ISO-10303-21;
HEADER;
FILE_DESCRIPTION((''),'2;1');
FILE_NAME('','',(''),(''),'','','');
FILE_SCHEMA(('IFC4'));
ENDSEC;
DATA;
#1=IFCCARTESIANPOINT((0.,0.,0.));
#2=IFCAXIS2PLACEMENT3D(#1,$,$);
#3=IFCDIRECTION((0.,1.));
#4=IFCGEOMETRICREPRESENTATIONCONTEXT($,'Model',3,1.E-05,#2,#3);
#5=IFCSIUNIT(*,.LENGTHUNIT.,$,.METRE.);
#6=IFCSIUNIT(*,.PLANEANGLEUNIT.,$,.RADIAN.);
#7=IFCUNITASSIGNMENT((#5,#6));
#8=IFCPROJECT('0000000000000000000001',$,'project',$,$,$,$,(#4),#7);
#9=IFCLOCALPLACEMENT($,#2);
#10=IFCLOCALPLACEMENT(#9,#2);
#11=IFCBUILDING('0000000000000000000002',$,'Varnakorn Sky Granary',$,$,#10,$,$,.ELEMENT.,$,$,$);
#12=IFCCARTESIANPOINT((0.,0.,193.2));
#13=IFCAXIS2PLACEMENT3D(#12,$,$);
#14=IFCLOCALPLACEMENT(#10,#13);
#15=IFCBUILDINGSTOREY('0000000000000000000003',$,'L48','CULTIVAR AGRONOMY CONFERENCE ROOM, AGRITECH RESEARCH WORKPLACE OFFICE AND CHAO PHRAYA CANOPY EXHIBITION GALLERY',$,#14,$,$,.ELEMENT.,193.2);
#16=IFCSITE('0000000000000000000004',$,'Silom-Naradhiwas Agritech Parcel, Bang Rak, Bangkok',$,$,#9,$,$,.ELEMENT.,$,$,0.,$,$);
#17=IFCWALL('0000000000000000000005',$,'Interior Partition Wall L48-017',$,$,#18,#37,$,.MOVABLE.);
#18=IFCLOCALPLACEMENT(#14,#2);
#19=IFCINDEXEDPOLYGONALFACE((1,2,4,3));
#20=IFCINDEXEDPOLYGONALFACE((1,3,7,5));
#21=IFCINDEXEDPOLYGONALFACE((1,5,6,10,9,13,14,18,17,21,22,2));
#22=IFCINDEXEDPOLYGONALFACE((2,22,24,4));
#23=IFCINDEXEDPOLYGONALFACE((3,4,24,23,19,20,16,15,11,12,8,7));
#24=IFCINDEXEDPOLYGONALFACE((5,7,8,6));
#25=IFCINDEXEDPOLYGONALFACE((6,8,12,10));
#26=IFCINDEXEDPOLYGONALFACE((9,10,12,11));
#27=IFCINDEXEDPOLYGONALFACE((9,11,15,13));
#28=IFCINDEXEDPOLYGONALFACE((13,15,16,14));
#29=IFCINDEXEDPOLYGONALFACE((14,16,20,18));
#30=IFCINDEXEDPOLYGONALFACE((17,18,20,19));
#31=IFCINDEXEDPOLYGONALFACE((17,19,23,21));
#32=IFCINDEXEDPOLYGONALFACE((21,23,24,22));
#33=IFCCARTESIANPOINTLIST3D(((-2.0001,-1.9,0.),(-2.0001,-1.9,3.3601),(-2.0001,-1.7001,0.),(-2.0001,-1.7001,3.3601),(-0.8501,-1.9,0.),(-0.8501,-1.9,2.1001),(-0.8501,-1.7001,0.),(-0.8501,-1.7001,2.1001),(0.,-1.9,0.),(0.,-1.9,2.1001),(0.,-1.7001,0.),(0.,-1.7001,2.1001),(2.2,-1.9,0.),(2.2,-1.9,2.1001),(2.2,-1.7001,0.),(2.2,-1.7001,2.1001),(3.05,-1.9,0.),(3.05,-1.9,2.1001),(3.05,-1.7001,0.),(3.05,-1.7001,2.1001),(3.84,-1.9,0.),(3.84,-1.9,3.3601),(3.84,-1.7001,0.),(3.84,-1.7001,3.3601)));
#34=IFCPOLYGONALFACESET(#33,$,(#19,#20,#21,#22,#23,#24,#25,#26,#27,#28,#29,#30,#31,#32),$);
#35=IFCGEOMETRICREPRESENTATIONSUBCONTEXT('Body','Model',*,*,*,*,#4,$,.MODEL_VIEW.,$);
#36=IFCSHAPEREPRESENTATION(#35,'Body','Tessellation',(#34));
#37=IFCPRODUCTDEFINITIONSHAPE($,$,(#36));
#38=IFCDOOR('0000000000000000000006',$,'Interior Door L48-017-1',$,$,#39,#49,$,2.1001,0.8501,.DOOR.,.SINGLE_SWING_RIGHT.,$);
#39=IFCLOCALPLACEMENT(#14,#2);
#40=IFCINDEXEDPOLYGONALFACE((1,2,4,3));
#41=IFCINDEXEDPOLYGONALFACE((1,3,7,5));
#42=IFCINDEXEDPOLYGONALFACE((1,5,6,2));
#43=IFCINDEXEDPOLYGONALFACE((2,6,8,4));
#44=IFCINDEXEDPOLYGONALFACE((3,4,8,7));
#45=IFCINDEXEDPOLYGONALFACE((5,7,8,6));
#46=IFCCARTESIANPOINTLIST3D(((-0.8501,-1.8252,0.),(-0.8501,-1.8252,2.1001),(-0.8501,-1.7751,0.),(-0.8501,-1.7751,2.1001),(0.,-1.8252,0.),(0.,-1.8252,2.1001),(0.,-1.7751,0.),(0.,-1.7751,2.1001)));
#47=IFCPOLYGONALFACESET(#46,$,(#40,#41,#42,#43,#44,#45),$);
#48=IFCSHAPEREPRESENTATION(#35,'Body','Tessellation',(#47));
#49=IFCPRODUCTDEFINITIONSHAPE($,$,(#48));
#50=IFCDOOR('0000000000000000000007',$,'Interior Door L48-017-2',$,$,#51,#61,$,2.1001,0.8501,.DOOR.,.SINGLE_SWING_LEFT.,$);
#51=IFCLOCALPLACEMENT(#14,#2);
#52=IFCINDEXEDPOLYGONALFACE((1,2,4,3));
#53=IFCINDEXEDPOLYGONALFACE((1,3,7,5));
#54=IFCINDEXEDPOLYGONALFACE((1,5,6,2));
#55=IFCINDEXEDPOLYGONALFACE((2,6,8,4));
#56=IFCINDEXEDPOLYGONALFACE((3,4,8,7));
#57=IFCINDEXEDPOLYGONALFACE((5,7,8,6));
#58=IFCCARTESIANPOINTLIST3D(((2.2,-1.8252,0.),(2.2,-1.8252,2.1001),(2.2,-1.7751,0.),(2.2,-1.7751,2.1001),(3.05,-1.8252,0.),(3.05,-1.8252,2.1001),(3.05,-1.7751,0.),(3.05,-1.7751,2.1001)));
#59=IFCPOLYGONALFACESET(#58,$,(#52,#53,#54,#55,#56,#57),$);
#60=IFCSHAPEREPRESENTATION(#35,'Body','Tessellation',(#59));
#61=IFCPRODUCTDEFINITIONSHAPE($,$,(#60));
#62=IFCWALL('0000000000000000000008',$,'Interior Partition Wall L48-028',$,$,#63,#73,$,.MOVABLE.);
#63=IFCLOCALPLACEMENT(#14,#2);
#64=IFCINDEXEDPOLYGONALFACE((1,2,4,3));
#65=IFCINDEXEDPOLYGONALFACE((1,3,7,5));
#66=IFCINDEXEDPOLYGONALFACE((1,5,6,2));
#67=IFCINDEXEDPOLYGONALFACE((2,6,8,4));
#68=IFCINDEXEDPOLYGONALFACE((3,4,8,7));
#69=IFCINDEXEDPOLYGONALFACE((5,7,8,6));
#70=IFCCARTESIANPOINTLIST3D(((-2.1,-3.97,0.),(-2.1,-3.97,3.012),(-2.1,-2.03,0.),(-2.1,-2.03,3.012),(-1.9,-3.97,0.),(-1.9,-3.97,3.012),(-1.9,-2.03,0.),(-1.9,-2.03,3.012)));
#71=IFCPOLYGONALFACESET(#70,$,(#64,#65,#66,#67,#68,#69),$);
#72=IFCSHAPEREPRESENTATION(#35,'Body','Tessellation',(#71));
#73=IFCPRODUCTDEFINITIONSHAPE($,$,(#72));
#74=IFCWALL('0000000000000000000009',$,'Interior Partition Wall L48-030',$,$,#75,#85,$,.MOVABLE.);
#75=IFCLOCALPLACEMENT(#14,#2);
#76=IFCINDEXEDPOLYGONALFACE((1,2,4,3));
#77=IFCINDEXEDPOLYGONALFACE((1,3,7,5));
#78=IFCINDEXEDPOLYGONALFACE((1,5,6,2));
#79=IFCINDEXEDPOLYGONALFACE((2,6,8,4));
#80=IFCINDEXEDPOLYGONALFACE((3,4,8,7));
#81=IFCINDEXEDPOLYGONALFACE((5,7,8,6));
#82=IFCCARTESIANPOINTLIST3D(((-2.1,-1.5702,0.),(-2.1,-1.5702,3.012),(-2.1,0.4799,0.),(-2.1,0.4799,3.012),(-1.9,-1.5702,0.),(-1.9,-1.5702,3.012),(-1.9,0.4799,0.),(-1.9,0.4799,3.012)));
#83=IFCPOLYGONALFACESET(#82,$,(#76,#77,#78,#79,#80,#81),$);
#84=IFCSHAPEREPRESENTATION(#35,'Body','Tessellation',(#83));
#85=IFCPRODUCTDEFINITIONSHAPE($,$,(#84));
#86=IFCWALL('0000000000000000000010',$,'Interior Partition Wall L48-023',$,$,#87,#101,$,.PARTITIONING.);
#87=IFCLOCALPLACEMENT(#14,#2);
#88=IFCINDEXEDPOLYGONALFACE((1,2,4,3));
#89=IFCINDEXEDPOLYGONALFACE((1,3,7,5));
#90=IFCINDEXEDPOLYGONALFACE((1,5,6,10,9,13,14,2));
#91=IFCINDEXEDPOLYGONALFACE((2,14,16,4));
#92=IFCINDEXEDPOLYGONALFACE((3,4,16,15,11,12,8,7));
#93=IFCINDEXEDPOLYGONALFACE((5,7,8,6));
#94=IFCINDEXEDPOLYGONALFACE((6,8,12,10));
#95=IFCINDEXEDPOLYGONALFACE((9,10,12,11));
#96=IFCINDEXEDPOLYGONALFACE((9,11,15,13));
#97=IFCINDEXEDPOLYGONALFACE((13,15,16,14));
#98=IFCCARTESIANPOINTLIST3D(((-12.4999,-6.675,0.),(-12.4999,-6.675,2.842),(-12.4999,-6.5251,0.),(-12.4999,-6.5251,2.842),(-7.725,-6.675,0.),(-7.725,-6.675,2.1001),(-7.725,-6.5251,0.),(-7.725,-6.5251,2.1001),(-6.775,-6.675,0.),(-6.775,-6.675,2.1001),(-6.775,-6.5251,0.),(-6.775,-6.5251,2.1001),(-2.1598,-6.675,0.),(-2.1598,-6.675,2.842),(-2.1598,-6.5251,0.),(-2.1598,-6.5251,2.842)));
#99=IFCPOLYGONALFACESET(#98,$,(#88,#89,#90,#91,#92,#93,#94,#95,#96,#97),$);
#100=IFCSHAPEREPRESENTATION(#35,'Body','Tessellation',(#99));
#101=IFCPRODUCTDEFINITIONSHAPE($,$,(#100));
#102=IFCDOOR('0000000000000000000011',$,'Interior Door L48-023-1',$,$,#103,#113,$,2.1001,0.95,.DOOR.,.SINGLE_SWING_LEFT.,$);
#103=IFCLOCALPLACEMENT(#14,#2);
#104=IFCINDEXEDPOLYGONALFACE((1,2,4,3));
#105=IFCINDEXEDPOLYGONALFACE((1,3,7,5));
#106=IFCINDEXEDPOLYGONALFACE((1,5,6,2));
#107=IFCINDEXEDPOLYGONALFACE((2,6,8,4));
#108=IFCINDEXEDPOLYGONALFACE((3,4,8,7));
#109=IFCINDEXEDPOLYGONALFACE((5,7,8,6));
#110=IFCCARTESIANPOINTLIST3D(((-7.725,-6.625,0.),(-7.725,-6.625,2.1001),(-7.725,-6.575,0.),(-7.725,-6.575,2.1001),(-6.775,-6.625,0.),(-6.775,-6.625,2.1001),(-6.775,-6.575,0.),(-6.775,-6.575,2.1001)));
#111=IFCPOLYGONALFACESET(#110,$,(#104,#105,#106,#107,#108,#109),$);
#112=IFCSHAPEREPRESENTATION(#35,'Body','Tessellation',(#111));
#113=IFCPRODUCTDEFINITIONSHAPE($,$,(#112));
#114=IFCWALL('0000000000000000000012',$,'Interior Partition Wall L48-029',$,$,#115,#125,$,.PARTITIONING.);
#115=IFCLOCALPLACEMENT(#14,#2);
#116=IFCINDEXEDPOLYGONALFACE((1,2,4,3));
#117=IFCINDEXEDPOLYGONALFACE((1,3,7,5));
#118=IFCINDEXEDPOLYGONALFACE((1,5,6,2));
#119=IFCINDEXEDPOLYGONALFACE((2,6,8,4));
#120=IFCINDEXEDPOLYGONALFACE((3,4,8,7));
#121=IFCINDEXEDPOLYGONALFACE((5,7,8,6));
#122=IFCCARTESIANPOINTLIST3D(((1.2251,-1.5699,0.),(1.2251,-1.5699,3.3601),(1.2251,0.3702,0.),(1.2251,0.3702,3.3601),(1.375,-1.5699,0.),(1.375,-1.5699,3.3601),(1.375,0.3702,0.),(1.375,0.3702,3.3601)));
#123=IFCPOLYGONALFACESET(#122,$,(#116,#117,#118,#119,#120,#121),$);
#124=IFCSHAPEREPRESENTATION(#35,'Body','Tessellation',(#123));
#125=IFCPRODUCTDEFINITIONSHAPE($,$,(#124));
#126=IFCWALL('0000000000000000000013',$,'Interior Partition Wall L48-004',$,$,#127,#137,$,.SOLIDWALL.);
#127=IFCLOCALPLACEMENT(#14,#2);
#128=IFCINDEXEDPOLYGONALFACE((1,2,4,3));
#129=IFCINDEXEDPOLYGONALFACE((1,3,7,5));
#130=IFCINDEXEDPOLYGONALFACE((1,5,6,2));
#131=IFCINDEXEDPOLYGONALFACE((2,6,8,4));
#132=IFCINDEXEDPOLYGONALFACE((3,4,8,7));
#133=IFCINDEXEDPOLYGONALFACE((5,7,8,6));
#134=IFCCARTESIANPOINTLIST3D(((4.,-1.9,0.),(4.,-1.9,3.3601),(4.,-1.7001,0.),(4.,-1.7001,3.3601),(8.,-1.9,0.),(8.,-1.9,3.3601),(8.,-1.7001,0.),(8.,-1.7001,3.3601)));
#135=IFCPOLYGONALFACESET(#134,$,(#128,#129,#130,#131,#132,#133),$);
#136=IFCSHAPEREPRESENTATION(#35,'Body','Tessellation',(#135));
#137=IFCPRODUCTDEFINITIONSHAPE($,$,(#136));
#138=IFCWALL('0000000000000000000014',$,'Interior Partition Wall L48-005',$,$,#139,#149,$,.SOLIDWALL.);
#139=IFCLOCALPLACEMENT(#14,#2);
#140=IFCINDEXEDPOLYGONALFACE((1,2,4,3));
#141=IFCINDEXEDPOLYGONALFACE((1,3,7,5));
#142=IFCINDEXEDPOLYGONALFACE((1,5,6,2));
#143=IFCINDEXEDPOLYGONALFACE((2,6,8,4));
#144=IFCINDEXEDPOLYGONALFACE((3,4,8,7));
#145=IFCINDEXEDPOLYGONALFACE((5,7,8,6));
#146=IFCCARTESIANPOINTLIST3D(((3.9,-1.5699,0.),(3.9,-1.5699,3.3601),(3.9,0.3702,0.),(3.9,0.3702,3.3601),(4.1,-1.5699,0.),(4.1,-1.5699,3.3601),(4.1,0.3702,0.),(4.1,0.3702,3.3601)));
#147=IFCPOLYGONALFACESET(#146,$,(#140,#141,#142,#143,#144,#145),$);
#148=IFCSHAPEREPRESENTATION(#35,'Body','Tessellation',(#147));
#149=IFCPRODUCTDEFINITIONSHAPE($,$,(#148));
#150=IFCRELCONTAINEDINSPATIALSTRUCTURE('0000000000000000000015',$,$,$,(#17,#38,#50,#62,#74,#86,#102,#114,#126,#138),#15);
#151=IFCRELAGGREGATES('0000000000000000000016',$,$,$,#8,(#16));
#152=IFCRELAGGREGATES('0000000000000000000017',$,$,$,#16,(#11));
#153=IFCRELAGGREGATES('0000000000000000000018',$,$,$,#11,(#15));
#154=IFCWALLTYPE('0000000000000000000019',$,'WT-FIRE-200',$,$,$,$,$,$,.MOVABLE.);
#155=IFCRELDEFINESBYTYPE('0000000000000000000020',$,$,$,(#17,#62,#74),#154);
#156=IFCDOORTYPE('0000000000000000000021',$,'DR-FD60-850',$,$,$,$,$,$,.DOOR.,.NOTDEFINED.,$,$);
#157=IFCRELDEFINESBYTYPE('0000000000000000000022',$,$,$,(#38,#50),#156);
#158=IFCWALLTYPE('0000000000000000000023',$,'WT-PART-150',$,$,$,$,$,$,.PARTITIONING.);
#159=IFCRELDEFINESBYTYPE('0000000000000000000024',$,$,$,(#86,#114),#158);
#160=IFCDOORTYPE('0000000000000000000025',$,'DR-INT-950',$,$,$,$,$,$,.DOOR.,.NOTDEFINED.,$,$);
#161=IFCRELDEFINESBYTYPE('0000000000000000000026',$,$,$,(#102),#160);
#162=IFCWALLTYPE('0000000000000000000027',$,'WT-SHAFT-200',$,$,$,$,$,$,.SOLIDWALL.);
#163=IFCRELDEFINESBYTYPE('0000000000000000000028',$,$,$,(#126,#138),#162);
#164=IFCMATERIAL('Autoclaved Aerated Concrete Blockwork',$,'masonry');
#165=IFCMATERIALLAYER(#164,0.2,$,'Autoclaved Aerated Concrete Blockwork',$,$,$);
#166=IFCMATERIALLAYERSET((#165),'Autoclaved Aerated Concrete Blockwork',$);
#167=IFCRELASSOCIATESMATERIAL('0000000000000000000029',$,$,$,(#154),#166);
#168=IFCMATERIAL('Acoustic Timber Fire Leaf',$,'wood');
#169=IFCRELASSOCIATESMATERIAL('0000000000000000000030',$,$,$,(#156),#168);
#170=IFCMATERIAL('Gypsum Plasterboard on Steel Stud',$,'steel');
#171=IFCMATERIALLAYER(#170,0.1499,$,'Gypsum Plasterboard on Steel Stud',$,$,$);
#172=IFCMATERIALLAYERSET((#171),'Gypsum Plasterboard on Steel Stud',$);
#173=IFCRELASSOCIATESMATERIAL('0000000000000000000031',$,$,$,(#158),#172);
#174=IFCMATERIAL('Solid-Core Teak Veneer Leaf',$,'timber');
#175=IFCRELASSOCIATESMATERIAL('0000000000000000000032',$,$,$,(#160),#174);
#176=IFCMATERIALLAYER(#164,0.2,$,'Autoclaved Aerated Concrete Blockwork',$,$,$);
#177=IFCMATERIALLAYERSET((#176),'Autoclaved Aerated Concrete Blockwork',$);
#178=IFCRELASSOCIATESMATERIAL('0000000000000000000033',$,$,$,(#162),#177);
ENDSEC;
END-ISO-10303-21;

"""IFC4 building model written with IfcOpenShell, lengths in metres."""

from ifc_helpers import new_model, si_unit, direction, frame, frame_2d, origin, place, context, subcontext, project, spatial, rectangle, extrude, material, layer, layer_set, type_object, element, fill, save


model = new_model("IFC4")

# Units and contexts
model_context = context("Model", 3, precision=1e-05, world=origin(), true_north=direction((0.0, 1.0)))
body_context = subcontext(model_context, "Body", "Model", "MODEL_VIEW")
ifc_project = project(units=[si_unit("LENGTHUNIT", "METRE"), si_unit("PLANEANGLEUNIT", "RADIAN")], contexts=[model_context])

# Site, building, storey
site_placement = place(None, origin())
site = spatial("IfcSite", under=ifc_project, at=site_placement, Name="Silom-Naradhiwas Agritech Parcel, Bang Rak, Bangkok", CompositionType="ELEMENT", RefElevation=0.0)
building_placement = place(site_placement, origin())
building = spatial("IfcBuilding", under=site, at=building_placement, Name="Varnakorn Sky Granary", CompositionType="ELEMENT")
storey_placement = place(building_placement, frame((0.0, 0.0, 193.2)))
storey = spatial("IfcBuildingStorey", under=building, at=storey_placement, Name="L48", Description="CULTIVAR AGRONOMY CONFERENCE ROOM, AGRITECH RESEARCH WORKPLACE OFFICE AND CHAO PHRAYA CANOPY EXHIBITION GALLERY", CompositionType="ELEMENT", Elevation=193.2)

# Wall, openings, doors
ifc_material_1 = material(Name="Autoclaved Aerated Concrete Blockwork", Category="masonry")
ifc_layer_1 = layer(ifc_material_1, 0.2, Name="Autoclaved Aerated Concrete Blockwork")
ifc_layer_set_1 = layer_set([ifc_layer_1], Name="Autoclaved Aerated Concrete Blockwork")
wall_type_1 = type_object("IfcWallType", Name="WT-FIRE-200", PredefinedType="MOVABLE", material=ifc_layer_set_1)
wall_1_placement = place(storey_placement, frame((-2.0, -1.8, 0.0), z_axis=(0.0, 0.0, 1.0), x_axis=(1.0, 0.0, 0.0)))
wall_1 = element("IfcWall", 1, at=wall_1_placement, inside=storey, type_object=wall_type_1, Name="Interior Partition Wall L48-017", PredefinedType="MOVABLE", context=body_context, shape_type="SweptSolid", body=[
    extrude(rectangle(XDim=5.8401, YDim=0.2, at=frame_2d((2.9199, 0.0))), origin(), (0.0, 0.0, 1.0), 3.3601),
])
opening_1_placement = place(wall_1_placement, frame((1.1499, 0.0, 0.0)))
opening_1 = element("IfcOpeningElement", 2, at=opening_1_placement, cuts=wall_1, PredefinedType="OPENING", context=body_context, shape_type="SweptSolid", body=[
    extrude(rectangle(XDim=0.8501, YDim=2.1001, at=frame_2d((0.425, 1.05))), frame((0.0, 0.1099, 0.0), z_axis=(0.0, -1.0, 0.0), x_axis=(1.0, 0.0, 0.0)), (0.0, 0.0, 1.0), 0.22),
])
opening_2_placement = place(wall_1_placement, frame((4.2, 0.0, 0.0)))
opening_2 = element("IfcOpeningElement", 3, at=opening_2_placement, cuts=wall_1, PredefinedType="OPENING", context=body_context, shape_type="SweptSolid", body=[
    extrude(rectangle(XDim=0.8501, YDim=2.1001, at=frame_2d((0.425, 1.05))), frame((0.0, 0.1099, 0.0), z_axis=(0.0, -1.0, 0.0), x_axis=(1.0, 0.0, 0.0)), (0.0, 0.0, 1.0), 0.22),
])
ifc_material_2 = material(Name="Acoustic Timber Fire Leaf", Category="wood")
door_type_1 = type_object("IfcDoorType", Name="DR-FD60-850", OperationType="NOTDEFINED", PredefinedType="DOOR", material=ifc_material_2)
door_1_placement = place(opening_1_placement, origin())
door_1 = element("IfcDoor", 4, at=door_1_placement, inside=storey, type_object=door_type_1, Name="Interior Door L48-017-1", OperationType="SINGLE_SWING_RIGHT", OverallHeight=2.1001, OverallWidth=0.8501, PredefinedType="DOOR", context=body_context, shape_type="SweptSolid", body=[
    extrude(rectangle(XDim=0.8501, YDim=2.1001, at=frame_2d((0.425, 1.05))), frame((0.0, 0.0249, 0.0), z_axis=(0.0, -1.0, 0.0), x_axis=(1.0, 0.0, 0.0)), (0.0, 0.0, 1.0), 0.05),
])
fill(opening_1, door_1)
door_2_placement = place(opening_2_placement, origin())
door_2 = element("IfcDoor", 5, at=door_2_placement, inside=storey, type_object=door_type_1, Name="Interior Door L48-017-2", OperationType="SINGLE_SWING_LEFT", OverallHeight=2.1001, OverallWidth=0.8501, PredefinedType="DOOR", context=body_context, shape_type="SweptSolid", body=[
    extrude(rectangle(XDim=0.8501, YDim=2.1001, at=frame_2d((0.425, 1.05))), frame((0.0, 0.0249, 0.0), z_axis=(0.0, -1.0, 0.0), x_axis=(1.0, 0.0, 0.0)), (0.0, 0.0, 1.0), 0.05),
])
fill(opening_2, door_2)

# Walls
wall_2_placement = place(storey_placement, frame((-2.0, -3.97, 0.0), z_axis=(0.0, 0.0, 1.0), x_axis=(0.0, 1.0, 0.0)))
element("IfcWall", 6, at=wall_2_placement, inside=storey, type_object=wall_type_1, Name="Interior Partition Wall L48-028", PredefinedType="MOVABLE", context=body_context, shape_type="SweptSolid", body=[
    extrude(rectangle(XDim=1.9399, YDim=0.2, at=frame_2d((0.97, 0.0))), origin(), (0.0, 0.0, 1.0), 3.012),
])
wall_3_placement = place(storey_placement, frame((-2.0, -1.5701, 0.0), z_axis=(0.0, 0.0, 1.0), x_axis=(0.0, 1.0, 0.0)))
element("IfcWall", 7, at=wall_3_placement, inside=storey, type_object=wall_type_1, Name="Interior Partition Wall L48-030", PredefinedType="MOVABLE", context=body_context, shape_type="SweptSolid", body=[
    extrude(rectangle(XDim=2.05, YDim=0.2, at=frame_2d((1.0249, 0.0))), origin(), (0.0, 0.0, 1.0), 3.012),
])

# Wall, opening, door
ifc_material_3 = material(Name="Gypsum Plasterboard on Steel Stud", Category="steel")
ifc_layer_2 = layer(ifc_material_3, 0.1499, Name="Gypsum Plasterboard on Steel Stud")
ifc_layer_set_2 = layer_set([ifc_layer_2], Name="Gypsum Plasterboard on Steel Stud")
wall_type_2 = type_object("IfcWallType", Name="WT-PART-150", PredefinedType="PARTITIONING", material=ifc_layer_set_2)
wall_4_placement = place(storey_placement, frame((-2.1599, -6.6001, 0.0), z_axis=(0.0, 0.0, 1.0), x_axis=(-1.0, 0.0, 0.0)))
wall_4 = element("IfcWall", 8, at=wall_4_placement, inside=storey, type_object=wall_type_2, Name="Interior Partition Wall L48-023", PredefinedType="PARTITIONING", context=body_context, shape_type="SweptSolid", body=[
    extrude(rectangle(XDim=10.3401, YDim=0.1499, at=frame_2d((5.1699, 0.0))), origin(), (0.0, 0.0, 1.0), 2.842),
])
opening_3_placement = place(wall_4_placement, frame((4.615, 0.0, 0.0)))
opening_3 = element("IfcOpeningElement", 9, at=opening_3_placement, cuts=wall_4, PredefinedType="OPENING", context=body_context, shape_type="SweptSolid", body=[
    extrude(rectangle(XDim=0.95, YDim=2.1001, at=frame_2d((0.4751, 1.05))), frame((0.0, 0.085, 0.0), z_axis=(0.0, -1.0, 0.0), x_axis=(1.0, 0.0, 0.0)), (0.0, 0.0, 1.0), 0.1699),
])
ifc_material_4 = material(Name="Solid-Core Teak Veneer Leaf", Category="timber")
door_type_2 = type_object("IfcDoorType", Name="DR-INT-950", OperationType="NOTDEFINED", PredefinedType="DOOR", material=ifc_material_4)
door_3_placement = place(opening_3_placement, origin())
door_3 = element("IfcDoor", 10, at=door_3_placement, inside=storey, type_object=door_type_2, Name="Interior Door L48-023-1", OperationType="SINGLE_SWING_LEFT", OverallHeight=2.1001, OverallWidth=0.95, PredefinedType="DOOR", context=body_context, shape_type="SweptSolid", body=[
    extrude(rectangle(XDim=0.95, YDim=2.1001, at=frame_2d((0.4751, 1.05))), frame((0.0, 0.0249, 0.0), z_axis=(0.0, -1.0, 0.0), x_axis=(1.0, 0.0, 0.0)), (0.0, 0.0, 1.0), 0.05),
])
fill(opening_3, door_3)

# Walls
wall_5_placement = place(storey_placement, frame((1.3, -1.5701, 0.0), z_axis=(0.0, 0.0, 1.0), x_axis=(0.0, 1.0, 0.0)))
element("IfcWall", 11, at=wall_5_placement, inside=storey, type_object=wall_type_2, Name="Interior Partition Wall L48-029", PredefinedType="PARTITIONING", context=body_context, shape_type="SweptSolid", body=[
    extrude(rectangle(XDim=1.9402, YDim=0.1499, at=frame_2d((0.9702, 0.0))), origin(), (0.0, 0.0, 1.0), 3.3601),
])
ifc_layer_3 = layer(ifc_material_1, 0.2, Name="Autoclaved Aerated Concrete Blockwork")
ifc_layer_set_3 = layer_set([ifc_layer_3], Name="Autoclaved Aerated Concrete Blockwork")
wall_type_3 = type_object("IfcWallType", Name="WT-SHAFT-200", PredefinedType="SOLIDWALL", material=ifc_layer_set_3)
wall_6_placement = place(storey_placement, frame((4.0, -1.8, 0.0), z_axis=(0.0, 0.0, 1.0), x_axis=(1.0, 0.0, 0.0)))
element("IfcWall", 12, at=wall_6_placement, inside=storey, type_object=wall_type_3, Name="Interior Partition Wall L48-004", PredefinedType="SOLIDWALL", context=body_context, shape_type="SweptSolid", body=[
    extrude(rectangle(XDim=4.0, YDim=0.2, at=frame_2d((2.0, 0.0))), origin(), (0.0, 0.0, 1.0), 3.3601),
])
wall_7_placement = place(storey_placement, frame((4.0, -1.5701, 0.0), z_axis=(0.0, 0.0, 1.0), x_axis=(0.0, 1.0, 0.0)))
element("IfcWall", 13, at=wall_7_placement, inside=storey, type_object=wall_type_3, Name="Interior Partition Wall L48-005", PredefinedType="SOLIDWALL", context=body_context, shape_type="SweptSolid", body=[
    extrude(rectangle(XDim=1.9402, YDim=0.2, at=frame_2d((0.9702, 0.0))), origin(), (0.0, 0.0, 1.0), 3.3601),
])

save(model, "model.ifc")
